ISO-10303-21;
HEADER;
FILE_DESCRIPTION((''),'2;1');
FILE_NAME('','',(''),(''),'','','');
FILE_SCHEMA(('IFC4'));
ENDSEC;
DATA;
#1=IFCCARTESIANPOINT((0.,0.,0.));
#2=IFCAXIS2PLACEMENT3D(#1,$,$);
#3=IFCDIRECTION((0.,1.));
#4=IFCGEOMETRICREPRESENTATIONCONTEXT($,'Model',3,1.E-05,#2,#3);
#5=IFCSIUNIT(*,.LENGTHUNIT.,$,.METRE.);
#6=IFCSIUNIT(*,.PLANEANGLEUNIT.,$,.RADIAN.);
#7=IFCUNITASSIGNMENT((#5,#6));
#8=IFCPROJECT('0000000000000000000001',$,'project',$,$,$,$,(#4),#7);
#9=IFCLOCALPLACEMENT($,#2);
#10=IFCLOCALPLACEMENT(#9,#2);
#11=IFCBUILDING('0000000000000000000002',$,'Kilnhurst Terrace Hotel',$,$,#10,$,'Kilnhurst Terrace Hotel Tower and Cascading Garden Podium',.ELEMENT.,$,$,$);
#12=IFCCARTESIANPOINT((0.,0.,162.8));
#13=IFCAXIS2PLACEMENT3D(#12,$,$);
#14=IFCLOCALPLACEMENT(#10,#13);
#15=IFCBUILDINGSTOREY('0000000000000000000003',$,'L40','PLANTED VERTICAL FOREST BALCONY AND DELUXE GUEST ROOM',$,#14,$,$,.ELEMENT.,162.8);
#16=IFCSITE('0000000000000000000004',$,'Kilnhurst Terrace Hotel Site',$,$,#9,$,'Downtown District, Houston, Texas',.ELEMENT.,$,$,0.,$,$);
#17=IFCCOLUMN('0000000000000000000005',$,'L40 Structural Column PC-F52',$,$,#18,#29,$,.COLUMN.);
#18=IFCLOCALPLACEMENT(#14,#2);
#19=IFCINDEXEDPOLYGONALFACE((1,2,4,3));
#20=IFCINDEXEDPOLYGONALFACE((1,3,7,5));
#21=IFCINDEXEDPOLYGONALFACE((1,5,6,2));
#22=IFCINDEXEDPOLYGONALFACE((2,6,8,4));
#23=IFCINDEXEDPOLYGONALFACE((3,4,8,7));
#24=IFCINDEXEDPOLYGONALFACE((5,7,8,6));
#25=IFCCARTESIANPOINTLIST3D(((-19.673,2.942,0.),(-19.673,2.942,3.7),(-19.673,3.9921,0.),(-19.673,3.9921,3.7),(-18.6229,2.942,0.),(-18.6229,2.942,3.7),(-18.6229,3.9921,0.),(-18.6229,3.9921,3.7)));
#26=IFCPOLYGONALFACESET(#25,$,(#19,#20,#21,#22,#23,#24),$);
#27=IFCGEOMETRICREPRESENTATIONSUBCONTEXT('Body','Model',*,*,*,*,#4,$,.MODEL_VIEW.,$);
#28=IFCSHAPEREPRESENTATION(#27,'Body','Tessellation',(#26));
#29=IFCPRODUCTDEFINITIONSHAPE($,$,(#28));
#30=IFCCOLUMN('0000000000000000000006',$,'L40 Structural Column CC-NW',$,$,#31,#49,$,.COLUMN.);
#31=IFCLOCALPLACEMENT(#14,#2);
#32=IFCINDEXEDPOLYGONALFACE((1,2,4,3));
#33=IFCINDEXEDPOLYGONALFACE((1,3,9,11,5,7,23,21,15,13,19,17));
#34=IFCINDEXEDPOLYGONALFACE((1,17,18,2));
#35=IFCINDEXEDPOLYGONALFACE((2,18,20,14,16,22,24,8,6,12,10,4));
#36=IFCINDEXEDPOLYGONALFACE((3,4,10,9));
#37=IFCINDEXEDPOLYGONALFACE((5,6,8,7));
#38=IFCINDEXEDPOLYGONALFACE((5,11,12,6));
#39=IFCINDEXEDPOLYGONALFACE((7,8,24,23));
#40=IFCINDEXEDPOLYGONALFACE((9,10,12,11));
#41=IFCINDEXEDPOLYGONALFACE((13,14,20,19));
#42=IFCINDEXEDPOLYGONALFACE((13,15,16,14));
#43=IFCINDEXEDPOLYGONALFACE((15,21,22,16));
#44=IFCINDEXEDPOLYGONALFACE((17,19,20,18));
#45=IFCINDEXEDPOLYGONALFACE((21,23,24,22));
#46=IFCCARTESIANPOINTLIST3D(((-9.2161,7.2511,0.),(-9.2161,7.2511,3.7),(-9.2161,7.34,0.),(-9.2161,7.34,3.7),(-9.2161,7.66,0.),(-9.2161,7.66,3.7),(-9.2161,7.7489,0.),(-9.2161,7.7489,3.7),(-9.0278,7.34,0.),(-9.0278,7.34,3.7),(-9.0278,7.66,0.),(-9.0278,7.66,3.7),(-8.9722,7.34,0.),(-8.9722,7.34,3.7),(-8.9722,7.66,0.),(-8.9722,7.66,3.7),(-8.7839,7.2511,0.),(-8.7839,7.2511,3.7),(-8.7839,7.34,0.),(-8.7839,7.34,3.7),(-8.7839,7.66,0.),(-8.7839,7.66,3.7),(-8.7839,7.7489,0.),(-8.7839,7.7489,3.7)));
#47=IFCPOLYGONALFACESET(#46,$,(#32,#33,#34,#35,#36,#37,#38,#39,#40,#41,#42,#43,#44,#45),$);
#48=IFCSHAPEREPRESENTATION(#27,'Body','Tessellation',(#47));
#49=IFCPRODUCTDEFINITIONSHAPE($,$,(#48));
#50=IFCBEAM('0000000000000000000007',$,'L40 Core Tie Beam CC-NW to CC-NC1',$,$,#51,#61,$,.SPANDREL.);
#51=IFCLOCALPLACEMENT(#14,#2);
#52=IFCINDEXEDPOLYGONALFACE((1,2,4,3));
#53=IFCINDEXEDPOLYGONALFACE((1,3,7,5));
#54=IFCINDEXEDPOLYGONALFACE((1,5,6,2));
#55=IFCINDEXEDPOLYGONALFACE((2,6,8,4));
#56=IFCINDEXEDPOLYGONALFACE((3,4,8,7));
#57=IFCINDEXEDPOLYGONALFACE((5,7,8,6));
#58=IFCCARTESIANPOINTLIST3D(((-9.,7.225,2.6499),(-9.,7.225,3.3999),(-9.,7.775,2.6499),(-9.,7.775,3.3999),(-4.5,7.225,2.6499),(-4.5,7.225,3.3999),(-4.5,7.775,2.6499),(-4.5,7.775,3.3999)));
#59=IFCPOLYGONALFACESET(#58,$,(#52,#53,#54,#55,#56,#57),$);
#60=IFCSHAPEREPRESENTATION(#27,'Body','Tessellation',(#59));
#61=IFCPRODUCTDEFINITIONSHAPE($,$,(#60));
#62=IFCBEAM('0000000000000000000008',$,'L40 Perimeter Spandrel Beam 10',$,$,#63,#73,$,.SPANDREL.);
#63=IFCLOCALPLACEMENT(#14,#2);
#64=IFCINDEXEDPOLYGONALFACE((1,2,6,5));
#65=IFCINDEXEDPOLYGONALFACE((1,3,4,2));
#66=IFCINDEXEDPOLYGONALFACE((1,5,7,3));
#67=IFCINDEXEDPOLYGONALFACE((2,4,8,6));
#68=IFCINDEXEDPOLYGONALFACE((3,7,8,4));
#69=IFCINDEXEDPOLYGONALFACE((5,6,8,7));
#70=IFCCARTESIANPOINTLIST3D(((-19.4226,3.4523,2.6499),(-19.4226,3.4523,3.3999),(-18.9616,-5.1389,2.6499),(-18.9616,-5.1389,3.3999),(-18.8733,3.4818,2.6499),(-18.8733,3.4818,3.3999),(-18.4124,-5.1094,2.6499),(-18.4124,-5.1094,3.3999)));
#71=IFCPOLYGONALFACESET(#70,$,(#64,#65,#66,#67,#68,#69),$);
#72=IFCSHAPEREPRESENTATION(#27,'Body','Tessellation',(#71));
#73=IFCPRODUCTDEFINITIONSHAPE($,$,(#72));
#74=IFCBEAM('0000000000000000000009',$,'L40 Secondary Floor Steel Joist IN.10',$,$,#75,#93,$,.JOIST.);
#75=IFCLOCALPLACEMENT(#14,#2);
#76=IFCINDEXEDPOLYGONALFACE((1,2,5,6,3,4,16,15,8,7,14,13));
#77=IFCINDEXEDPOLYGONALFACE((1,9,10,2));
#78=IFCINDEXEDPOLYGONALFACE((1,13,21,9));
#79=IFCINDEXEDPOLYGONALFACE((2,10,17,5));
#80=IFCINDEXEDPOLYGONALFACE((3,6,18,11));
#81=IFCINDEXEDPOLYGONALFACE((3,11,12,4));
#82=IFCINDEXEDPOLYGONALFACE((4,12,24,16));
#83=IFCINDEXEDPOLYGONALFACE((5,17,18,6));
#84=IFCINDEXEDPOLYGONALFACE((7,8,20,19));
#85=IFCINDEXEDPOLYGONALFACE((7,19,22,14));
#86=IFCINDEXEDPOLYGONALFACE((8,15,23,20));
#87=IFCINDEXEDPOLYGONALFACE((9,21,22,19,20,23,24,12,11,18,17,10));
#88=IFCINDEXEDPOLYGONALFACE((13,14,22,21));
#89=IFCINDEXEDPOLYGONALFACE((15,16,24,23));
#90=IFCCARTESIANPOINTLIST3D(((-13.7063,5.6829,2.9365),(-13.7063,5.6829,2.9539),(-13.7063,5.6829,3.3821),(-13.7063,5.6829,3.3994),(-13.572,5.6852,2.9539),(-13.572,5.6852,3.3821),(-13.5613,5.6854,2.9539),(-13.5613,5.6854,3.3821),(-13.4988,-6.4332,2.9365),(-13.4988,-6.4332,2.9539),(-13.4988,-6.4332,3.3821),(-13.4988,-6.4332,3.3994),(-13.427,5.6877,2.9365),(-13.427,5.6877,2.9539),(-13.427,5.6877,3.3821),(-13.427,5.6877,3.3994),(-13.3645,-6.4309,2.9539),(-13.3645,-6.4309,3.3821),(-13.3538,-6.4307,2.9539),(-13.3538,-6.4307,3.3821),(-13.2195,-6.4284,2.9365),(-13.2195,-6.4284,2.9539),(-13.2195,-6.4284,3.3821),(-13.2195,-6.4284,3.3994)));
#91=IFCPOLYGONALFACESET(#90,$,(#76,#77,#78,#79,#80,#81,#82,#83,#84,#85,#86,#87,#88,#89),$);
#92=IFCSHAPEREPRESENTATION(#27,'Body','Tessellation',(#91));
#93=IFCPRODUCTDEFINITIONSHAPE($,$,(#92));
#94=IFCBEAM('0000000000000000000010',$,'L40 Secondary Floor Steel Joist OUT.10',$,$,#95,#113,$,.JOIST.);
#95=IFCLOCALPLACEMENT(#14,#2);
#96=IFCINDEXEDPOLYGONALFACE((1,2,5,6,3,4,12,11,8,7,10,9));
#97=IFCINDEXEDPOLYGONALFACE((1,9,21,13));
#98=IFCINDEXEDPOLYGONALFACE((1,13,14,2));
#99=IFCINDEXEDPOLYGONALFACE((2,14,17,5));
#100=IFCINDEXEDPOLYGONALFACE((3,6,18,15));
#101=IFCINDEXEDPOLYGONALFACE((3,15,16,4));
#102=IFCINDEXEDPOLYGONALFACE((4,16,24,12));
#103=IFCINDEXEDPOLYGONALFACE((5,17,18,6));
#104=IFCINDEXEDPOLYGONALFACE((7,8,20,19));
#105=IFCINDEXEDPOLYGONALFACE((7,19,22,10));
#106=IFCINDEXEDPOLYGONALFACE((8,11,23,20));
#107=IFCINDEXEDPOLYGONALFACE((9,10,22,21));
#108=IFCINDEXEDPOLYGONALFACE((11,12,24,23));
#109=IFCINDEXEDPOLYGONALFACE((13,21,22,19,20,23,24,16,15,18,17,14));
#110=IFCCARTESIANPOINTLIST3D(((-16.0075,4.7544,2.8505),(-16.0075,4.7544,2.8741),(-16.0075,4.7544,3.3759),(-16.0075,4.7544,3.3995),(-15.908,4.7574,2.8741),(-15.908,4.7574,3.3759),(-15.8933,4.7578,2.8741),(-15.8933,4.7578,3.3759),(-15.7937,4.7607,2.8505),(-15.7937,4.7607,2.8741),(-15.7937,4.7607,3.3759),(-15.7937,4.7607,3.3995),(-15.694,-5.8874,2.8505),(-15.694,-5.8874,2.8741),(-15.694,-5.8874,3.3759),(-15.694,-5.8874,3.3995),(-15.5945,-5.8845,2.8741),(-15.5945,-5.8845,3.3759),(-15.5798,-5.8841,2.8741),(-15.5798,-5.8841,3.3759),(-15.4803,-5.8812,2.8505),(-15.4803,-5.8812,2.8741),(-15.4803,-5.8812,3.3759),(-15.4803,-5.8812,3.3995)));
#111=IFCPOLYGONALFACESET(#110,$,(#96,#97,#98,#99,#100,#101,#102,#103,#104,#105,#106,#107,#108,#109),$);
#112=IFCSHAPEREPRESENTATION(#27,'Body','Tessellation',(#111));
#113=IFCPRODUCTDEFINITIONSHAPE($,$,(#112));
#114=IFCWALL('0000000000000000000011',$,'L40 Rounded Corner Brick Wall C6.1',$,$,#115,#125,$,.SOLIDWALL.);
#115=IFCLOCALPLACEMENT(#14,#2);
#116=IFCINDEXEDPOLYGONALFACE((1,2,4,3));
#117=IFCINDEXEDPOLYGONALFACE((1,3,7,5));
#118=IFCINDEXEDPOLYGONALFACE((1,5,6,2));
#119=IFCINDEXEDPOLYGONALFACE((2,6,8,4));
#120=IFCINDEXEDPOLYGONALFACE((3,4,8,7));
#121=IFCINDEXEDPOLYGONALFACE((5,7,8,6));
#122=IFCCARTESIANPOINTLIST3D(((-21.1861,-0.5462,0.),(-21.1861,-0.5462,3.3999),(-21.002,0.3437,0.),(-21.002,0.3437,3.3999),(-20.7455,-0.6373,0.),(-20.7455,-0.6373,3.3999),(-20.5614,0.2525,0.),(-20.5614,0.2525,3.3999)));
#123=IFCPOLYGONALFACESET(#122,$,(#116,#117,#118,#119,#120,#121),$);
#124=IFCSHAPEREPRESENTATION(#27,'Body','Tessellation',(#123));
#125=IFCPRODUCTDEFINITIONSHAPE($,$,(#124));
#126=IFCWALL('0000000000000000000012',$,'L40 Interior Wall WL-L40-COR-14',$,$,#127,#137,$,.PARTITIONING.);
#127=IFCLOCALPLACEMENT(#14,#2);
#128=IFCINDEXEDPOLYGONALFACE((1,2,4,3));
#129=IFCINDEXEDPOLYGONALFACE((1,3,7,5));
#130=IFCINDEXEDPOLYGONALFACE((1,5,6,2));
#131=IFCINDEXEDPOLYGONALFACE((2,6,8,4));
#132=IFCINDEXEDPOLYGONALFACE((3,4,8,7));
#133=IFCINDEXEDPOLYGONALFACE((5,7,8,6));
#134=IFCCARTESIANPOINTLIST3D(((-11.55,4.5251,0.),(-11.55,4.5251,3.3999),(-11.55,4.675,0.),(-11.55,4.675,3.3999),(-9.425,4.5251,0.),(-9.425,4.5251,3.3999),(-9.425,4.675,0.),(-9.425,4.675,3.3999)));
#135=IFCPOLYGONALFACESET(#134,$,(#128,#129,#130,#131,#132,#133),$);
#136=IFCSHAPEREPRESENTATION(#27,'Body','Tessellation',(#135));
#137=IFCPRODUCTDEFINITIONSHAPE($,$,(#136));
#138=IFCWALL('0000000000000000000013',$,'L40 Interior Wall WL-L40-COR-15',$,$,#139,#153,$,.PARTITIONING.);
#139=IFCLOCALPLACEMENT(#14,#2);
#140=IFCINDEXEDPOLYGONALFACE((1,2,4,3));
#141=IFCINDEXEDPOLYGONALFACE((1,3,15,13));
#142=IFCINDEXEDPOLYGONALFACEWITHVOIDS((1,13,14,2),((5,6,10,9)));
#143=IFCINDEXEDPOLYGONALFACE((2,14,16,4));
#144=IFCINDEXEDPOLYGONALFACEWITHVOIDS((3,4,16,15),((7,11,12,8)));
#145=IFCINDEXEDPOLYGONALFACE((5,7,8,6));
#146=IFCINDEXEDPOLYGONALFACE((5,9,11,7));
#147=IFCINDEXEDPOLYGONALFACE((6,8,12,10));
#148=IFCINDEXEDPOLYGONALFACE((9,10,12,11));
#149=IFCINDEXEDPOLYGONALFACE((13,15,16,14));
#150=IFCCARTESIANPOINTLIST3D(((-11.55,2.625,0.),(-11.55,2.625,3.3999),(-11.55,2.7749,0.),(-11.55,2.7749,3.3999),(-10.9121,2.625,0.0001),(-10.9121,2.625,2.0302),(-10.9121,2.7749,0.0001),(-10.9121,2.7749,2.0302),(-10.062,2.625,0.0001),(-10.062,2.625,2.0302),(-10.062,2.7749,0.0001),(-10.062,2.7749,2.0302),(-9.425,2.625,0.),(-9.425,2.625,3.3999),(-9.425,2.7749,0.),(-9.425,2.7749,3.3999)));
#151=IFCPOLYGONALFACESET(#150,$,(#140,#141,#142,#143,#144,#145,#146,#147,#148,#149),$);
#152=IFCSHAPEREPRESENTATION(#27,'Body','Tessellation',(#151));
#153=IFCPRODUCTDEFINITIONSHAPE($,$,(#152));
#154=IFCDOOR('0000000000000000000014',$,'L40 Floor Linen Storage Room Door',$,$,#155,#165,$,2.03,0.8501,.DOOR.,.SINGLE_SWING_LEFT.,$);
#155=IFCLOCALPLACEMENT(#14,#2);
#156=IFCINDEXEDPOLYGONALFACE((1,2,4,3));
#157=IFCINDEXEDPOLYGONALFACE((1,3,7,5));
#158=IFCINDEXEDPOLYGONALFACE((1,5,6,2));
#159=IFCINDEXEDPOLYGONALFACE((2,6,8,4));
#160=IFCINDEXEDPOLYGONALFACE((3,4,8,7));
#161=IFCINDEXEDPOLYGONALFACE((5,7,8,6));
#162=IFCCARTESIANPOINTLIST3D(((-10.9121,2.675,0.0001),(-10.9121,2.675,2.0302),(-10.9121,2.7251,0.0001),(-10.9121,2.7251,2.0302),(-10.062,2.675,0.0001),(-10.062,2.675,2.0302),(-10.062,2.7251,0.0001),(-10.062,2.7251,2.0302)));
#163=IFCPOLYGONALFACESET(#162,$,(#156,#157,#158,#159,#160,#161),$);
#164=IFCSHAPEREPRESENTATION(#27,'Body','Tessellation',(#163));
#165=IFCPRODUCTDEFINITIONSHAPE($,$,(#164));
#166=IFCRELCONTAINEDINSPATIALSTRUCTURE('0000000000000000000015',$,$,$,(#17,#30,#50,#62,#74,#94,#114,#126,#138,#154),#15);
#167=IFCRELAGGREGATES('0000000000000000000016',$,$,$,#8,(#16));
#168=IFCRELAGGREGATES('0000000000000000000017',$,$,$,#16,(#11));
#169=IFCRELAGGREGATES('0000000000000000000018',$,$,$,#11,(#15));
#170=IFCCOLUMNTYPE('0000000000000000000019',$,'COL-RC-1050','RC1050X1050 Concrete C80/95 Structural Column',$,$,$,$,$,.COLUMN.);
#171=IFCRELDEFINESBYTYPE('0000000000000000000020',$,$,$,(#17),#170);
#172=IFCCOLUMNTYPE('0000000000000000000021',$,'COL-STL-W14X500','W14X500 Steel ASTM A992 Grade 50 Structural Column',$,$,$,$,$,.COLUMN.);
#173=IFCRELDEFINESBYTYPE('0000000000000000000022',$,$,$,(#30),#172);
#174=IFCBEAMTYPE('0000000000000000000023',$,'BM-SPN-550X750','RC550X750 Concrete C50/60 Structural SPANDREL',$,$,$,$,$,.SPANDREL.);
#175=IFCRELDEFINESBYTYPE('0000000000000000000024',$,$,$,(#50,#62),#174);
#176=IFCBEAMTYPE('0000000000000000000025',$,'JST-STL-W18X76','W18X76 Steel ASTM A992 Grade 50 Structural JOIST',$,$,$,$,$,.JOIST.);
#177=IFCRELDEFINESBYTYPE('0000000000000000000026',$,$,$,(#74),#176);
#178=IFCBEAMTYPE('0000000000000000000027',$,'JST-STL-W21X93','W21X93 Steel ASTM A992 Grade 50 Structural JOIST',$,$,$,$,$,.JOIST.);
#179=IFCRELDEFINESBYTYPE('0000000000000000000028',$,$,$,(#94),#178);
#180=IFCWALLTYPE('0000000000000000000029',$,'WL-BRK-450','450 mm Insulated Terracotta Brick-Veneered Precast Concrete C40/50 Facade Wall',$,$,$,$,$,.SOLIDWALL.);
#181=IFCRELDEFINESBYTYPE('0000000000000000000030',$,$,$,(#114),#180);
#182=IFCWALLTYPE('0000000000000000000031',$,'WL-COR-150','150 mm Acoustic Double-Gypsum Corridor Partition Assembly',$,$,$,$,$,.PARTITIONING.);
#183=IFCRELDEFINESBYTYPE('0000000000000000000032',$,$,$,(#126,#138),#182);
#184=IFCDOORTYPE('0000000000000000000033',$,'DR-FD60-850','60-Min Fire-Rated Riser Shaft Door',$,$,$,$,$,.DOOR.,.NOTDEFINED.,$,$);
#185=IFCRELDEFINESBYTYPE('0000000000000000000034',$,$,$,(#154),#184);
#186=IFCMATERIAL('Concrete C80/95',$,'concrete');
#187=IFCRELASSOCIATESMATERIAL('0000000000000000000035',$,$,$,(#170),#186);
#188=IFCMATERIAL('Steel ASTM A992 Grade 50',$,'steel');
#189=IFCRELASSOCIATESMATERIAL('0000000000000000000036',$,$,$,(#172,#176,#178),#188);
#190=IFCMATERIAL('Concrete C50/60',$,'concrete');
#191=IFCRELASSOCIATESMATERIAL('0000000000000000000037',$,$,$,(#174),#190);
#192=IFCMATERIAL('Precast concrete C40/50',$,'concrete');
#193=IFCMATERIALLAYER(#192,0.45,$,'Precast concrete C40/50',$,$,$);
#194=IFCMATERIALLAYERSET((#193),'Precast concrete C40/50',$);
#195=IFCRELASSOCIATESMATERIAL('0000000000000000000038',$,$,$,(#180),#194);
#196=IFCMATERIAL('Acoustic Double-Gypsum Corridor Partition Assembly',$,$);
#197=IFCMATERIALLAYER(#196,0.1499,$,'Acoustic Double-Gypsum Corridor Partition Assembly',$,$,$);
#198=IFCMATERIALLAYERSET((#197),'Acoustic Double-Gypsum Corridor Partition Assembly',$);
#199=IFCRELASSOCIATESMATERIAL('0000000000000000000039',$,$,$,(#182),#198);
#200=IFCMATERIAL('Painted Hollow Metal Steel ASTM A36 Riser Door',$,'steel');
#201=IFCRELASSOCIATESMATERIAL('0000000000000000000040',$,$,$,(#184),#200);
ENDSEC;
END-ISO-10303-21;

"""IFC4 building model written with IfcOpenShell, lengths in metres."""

from ifc_helpers import new_model, si_unit, direction, frame, frame_2d, origin, origin_2d, place, context, subcontext, project, spatial, rectangle, i_section, extrude, material, layer, layer_set, material_profile, profile_set, type_object, element, fill, save


model = new_model("IFC4")

# Units and contexts
model_context = context("Model", 3, precision=1e-05, world=origin(), true_north=direction((0.0, 1.0)))
body_context = subcontext(model_context, "Body", "Model", "MODEL_VIEW")
ifc_project = project(units=[si_unit("LENGTHUNIT", "METRE"), si_unit("PLANEANGLEUNIT", "RADIAN")], contexts=[model_context])

# Site, building, storey
site_placement = place(None, origin())
site = spatial("IfcSite", under=ifc_project, at=site_placement, Name="Kilnhurst Terrace Hotel Site", LongName="Downtown District, Houston, Texas", CompositionType="ELEMENT", RefElevation=0.0)
building_placement = place(site_placement, origin())
building = spatial("IfcBuilding", under=site, at=building_placement, Name="Kilnhurst Terrace Hotel", LongName="Kilnhurst Terrace Hotel Tower and Cascading Garden Podium", CompositionType="ELEMENT")
storey_placement = place(building_placement, frame((0.0, 0.0, 162.8)))
storey = spatial("IfcBuildingStorey", under=building, at=storey_placement, Name="L40", Description="PLANTED VERTICAL FOREST BALCONY AND DELUXE GUEST ROOM", CompositionType="ELEMENT", Elevation=162.8)

# Columns
ifc_material_1 = material(Name="Concrete C80/95", Category="concrete")
ifc_material_profile_1 = material_profile(ifc_material_1, rectangle(XDim=1.05, YDim=1.05, at=origin_2d()), Name="RC1050X1050")
ifc_profile_set_1 = profile_set([ifc_material_profile_1], Name="Concrete C80/95")
column_type_1 = type_object("IfcColumnType", Name="COL-RC-1050", Description="RC1050X1050 Concrete C80/95 Structural Column", PredefinedType="COLUMN", material=ifc_profile_set_1)
column_1_placement = place(storey_placement, frame((-19.1479, 3.467, 0.0), z_axis=(0.0, 0.0, 1.0), x_axis=(1.0, 0.0, 0.0)))
element("IfcColumn", 1, at=column_1_placement, inside=storey, type_object=column_type_1, Name="L40 Structural Column PC-F52", PredefinedType="COLUMN", context=body_context, shape_type="SweptSolid", body=[
    extrude(rectangle(XDim=1.05, YDim=1.05, at=origin_2d()), origin(), (0.0, 0.0, 1.0), 3.7),
])
ifc_material_2 = material(Name="Steel ASTM A992 Grade 50", Category="steel")
ifc_material_profile_2 = material_profile(ifc_material_2, i_section(OverallWidth=0.4321, OverallDepth=0.4978, WebThickness=0.0557, FlangeThickness=0.0889, at=origin_2d()), Name="W14X500")
ifc_profile_set_2 = profile_set([ifc_material_profile_2], Name="Steel ASTM A992 Grade 50")
column_type_2 = type_object("IfcColumnType", Name="COL-STL-W14X500", Description="W14X500 Steel ASTM A992 Grade 50 Structural Column", PredefinedType="COLUMN", material=ifc_profile_set_2)
column_2_placement = place(storey_placement, frame((-9.0, 7.5, 0.0), z_axis=(0.0, 0.0, 1.0), x_axis=(1.0, 0.0, 0.0)))
element("IfcColumn", 2, at=column_2_placement, inside=storey, type_object=column_type_2, Name="L40 Structural Column CC-NW", PredefinedType="COLUMN", context=body_context, shape_type="SweptSolid", body=[
    extrude(i_section(OverallWidth=0.4321, OverallDepth=0.4978, WebThickness=0.0557, FlangeThickness=0.0889, at=origin_2d()), origin(), (0.0, 0.0, 1.0), 3.7),
])

# Beams
ifc_material_3 = material(Name="Concrete C50/60", Category="concrete")
ifc_material_profile_3 = material_profile(ifc_material_3, rectangle(XDim=0.55, YDim=0.75, at=origin_2d()), Name="RC550X750")
ifc_profile_set_3 = profile_set([ifc_material_profile_3], Name="Concrete C50/60")
beam_type_1 = type_object("IfcBeamType", Name="BM-SPN-550X750", Description="RC550X750 Concrete C50/60 Structural SPANDREL", PredefinedType="SPANDREL", material=ifc_profile_set_3)
beam_1_placement = place(storey_placement, frame((-9.0, 7.5, 3.0249), z_axis=(1.0, 0.0, 0.0), x_axis=(0.0, 1.0, 0.0)))
element("IfcBeam", 3, at=beam_1_placement, inside=storey, type_object=beam_type_1, Name="L40 Core Tie Beam CC-NW to CC-NC1", PredefinedType="SPANDREL", context=body_context, shape_type="SweptSolid", body=[
    extrude(rectangle(XDim=0.55, YDim=0.75, at=origin_2d()), origin(), (0.0, 0.0, 1.0), 4.5),
])
beam_2_placement = place(storey_placement, frame((-19.1479, 3.467, 3.0249), z_axis=(0.053576, -0.998564, 0.0), x_axis=(0.998564, 0.053576, 0.0)))
element("IfcBeam", 4, at=beam_2_placement, inside=storey, type_object=beam_type_1, Name="L40 Perimeter Spandrel Beam 10", PredefinedType="SPANDREL", context=body_context, shape_type="SweptSolid", body=[
    extrude(rectangle(XDim=0.55, YDim=0.75, at=origin_2d()), origin(), (0.0, 0.0, 1.0), 8.6035),
])
ifc_material_profile_4 = material_profile(ifc_material_2, i_section(OverallWidth=0.2793, OverallDepth=0.4629, WebThickness=0.0107, FlangeThickness=0.0173, at=origin_2d()), Name="W18X76")
ifc_profile_set_4 = profile_set([ifc_material_profile_4], Name="Steel ASTM A992 Grade 50")
beam_type_2 = type_object("IfcBeamType", Name="JST-STL-W18X76", Description="W18X76 Steel ASTM A992 Grade 50 Structural JOIST", PredefinedType="JOIST", material=ifc_profile_set_4)
beam_3_placement = place(storey_placement, frame((-13.5667, 5.6853, 3.168), z_axis=(0.017125, -0.999853, 0.0), x_axis=(0.999853, 0.017125, 0.0)))
element("IfcBeam", 5, at=beam_3_placement, inside=storey, type_object=beam_type_2, Name="L40 Secondary Floor Steel Joist IN.10", PredefinedType="JOIST", context=body_context, shape_type="SweptSolid", body=[
    extrude(i_section(OverallWidth=0.2793, OverallDepth=0.4629, WebThickness=0.0107, FlangeThickness=0.0173, at=origin_2d()), origin(), (0.0, 0.0, 1.0), 12.1179),
])
ifc_material_profile_5 = material_profile(ifc_material_2, i_section(OverallWidth=0.2139, OverallDepth=0.5491, WebThickness=0.0146, FlangeThickness=0.0237, at=origin_2d()), Name="W21X93")
ifc_profile_set_5 = profile_set([ifc_material_profile_5], Name="Steel ASTM A992 Grade 50")
beam_type_3 = type_object("IfcBeamType", Name="JST-STL-W21X93", Description="W21X93 Steel ASTM A992 Grade 50 Structural JOIST", PredefinedType="JOIST", material=ifc_profile_set_5)
beam_4_placement = place(storey_placement, frame((-15.9006, 4.7576, 3.125), z_axis=(0.029444, -0.999566, 0.0), x_axis=(0.999566, 0.029444, 0.0)))
element("IfcBeam", 6, at=beam_4_placement, inside=storey, type_object=beam_type_3, Name="L40 Secondary Floor Steel Joist OUT.10", PredefinedType="JOIST", context=body_context, shape_type="SweptSolid", body=[
    extrude(i_section(OverallWidth=0.2139, OverallDepth=0.5491, WebThickness=0.0146, FlangeThickness=0.0237, at=origin_2d()), origin(), (0.0, 0.0, 1.0), 10.6465),
])

# Walls
ifc_material_4 = material(Name="Precast concrete C40/50", Category="concrete")
ifc_layer_1 = layer(ifc_material_4, 0.45, Name="Precast concrete C40/50")
ifc_layer_set_1 = layer_set([ifc_layer_1], Name="Precast concrete C40/50")
wall_type_1 = type_object("IfcWallType", Name="WL-BRK-450", Description="450 mm Insulated Terracotta Brick-Veneered Precast Concrete C40/50 Facade Wall", PredefinedType="SOLIDWALL", material=ifc_layer_set_1)
wall_1_placement = place(storey_placement, frame((-20.7817, 0.2981, 0.0), z_axis=(0.0, 0.0, 1.0), x_axis=(-0.20257, -0.979268, 0.0)))
element("IfcWall", 7, at=wall_1_placement, inside=storey, type_object=wall_type_1, Name="L40 Rounded Corner Brick Wall C6.1", PredefinedType="SOLIDWALL", context=body_context, shape_type="SweptSolid", body=[
    extrude(rectangle(XDim=0.9087, YDim=0.45, at=frame_2d((0.4543, 0.0))), origin(), (0.0, 0.0, 1.0), 3.3999),
])
ifc_material_5 = material(Name="Acoustic Double-Gypsum Corridor Partition Assembly")
ifc_layer_2 = layer(ifc_material_5, 0.1499, Name="Acoustic Double-Gypsum Corridor Partition Assembly")
ifc_layer_set_2 = layer_set([ifc_layer_2], Name="Acoustic Double-Gypsum Corridor Partition Assembly")
wall_type_2 = type_object("IfcWallType", Name="WL-COR-150", Description="150 mm Acoustic Double-Gypsum Corridor Partition Assembly", PredefinedType="PARTITIONING", material=ifc_layer_set_2)
wall_2_placement = place(storey_placement, frame((-11.55, 4.6001, 0.0), z_axis=(0.0, 0.0, 1.0), x_axis=(1.0, 0.0, 0.0)))
element("IfcWall", 8, at=wall_2_placement, inside=storey, type_object=wall_type_2, Name="L40 Interior Wall WL-L40-COR-14", PredefinedType="PARTITIONING", context=body_context, shape_type="SweptSolid", body=[
    extrude(rectangle(XDim=2.125, YDim=0.1499, at=frame_2d((1.0625, 0.0))), origin(), (0.0, 0.0, 1.0), 3.3999),
])

# Wall, opening, door
wall_3_placement = place(storey_placement, frame((-9.425, 2.7, 0.0), z_axis=(0.0, 0.0, 1.0), x_axis=(-1.0, 0.0, 0.0)))
wall_3 = element("IfcWall", 9, at=wall_3_placement, inside=storey, type_object=wall_type_2, Name="L40 Interior Wall WL-L40-COR-15", PredefinedType="PARTITIONING", context=body_context, shape_type="SweptSolid", body=[
    extrude(rectangle(XDim=2.125, YDim=0.1499, at=frame_2d((1.0625, 0.0))), origin(), (0.0, 0.0, 1.0), 3.3999),
])
opening_placement = place(wall_3_placement, frame((0.637, 0.0, 0.0)))
opening = element("IfcOpeningElement", 10, at=opening_placement, cuts=wall_3, PredefinedType="OPENING", context=body_context, shape_type="SweptSolid", body=[
    extrude(rectangle(XDim=0.8501, YDim=2.03, at=frame_2d((0.425, 1.0151))), frame((0.0, 0.085, 0.0), z_axis=(0.0, -1.0, 0.0), x_axis=(1.0, 0.0, 0.0)), (0.0, 0.0, 1.0), 0.1699),
])
ifc_material_6 = material(Name="Painted Hollow Metal Steel ASTM A36 Riser Door", Category="steel")
door_type = type_object("IfcDoorType", Name="DR-FD60-850", Description="60-Min Fire-Rated Riser Shaft Door", OperationType="NOTDEFINED", PredefinedType="DOOR", material=ifc_material_6)
door_placement = place(opening_placement, origin())
door = element("IfcDoor", 11, at=door_placement, inside=storey, type_object=door_type, Name="L40 Floor Linen Storage Room Door", OperationType="SINGLE_SWING_LEFT", OverallHeight=2.03, OverallWidth=0.8501, PredefinedType="DOOR", context=body_context, shape_type="SweptSolid", body=[
    extrude(rectangle(XDim=0.8501, YDim=2.03, at=frame_2d((0.425, 1.0151))), frame((0.0, 0.0249, 0.0), z_axis=(0.0, -1.0, 0.0), x_axis=(1.0, 0.0, 0.0)), (0.0, 0.0, 1.0), 0.05),
])
fill(opening, door)

save(model, "model.ifc")
